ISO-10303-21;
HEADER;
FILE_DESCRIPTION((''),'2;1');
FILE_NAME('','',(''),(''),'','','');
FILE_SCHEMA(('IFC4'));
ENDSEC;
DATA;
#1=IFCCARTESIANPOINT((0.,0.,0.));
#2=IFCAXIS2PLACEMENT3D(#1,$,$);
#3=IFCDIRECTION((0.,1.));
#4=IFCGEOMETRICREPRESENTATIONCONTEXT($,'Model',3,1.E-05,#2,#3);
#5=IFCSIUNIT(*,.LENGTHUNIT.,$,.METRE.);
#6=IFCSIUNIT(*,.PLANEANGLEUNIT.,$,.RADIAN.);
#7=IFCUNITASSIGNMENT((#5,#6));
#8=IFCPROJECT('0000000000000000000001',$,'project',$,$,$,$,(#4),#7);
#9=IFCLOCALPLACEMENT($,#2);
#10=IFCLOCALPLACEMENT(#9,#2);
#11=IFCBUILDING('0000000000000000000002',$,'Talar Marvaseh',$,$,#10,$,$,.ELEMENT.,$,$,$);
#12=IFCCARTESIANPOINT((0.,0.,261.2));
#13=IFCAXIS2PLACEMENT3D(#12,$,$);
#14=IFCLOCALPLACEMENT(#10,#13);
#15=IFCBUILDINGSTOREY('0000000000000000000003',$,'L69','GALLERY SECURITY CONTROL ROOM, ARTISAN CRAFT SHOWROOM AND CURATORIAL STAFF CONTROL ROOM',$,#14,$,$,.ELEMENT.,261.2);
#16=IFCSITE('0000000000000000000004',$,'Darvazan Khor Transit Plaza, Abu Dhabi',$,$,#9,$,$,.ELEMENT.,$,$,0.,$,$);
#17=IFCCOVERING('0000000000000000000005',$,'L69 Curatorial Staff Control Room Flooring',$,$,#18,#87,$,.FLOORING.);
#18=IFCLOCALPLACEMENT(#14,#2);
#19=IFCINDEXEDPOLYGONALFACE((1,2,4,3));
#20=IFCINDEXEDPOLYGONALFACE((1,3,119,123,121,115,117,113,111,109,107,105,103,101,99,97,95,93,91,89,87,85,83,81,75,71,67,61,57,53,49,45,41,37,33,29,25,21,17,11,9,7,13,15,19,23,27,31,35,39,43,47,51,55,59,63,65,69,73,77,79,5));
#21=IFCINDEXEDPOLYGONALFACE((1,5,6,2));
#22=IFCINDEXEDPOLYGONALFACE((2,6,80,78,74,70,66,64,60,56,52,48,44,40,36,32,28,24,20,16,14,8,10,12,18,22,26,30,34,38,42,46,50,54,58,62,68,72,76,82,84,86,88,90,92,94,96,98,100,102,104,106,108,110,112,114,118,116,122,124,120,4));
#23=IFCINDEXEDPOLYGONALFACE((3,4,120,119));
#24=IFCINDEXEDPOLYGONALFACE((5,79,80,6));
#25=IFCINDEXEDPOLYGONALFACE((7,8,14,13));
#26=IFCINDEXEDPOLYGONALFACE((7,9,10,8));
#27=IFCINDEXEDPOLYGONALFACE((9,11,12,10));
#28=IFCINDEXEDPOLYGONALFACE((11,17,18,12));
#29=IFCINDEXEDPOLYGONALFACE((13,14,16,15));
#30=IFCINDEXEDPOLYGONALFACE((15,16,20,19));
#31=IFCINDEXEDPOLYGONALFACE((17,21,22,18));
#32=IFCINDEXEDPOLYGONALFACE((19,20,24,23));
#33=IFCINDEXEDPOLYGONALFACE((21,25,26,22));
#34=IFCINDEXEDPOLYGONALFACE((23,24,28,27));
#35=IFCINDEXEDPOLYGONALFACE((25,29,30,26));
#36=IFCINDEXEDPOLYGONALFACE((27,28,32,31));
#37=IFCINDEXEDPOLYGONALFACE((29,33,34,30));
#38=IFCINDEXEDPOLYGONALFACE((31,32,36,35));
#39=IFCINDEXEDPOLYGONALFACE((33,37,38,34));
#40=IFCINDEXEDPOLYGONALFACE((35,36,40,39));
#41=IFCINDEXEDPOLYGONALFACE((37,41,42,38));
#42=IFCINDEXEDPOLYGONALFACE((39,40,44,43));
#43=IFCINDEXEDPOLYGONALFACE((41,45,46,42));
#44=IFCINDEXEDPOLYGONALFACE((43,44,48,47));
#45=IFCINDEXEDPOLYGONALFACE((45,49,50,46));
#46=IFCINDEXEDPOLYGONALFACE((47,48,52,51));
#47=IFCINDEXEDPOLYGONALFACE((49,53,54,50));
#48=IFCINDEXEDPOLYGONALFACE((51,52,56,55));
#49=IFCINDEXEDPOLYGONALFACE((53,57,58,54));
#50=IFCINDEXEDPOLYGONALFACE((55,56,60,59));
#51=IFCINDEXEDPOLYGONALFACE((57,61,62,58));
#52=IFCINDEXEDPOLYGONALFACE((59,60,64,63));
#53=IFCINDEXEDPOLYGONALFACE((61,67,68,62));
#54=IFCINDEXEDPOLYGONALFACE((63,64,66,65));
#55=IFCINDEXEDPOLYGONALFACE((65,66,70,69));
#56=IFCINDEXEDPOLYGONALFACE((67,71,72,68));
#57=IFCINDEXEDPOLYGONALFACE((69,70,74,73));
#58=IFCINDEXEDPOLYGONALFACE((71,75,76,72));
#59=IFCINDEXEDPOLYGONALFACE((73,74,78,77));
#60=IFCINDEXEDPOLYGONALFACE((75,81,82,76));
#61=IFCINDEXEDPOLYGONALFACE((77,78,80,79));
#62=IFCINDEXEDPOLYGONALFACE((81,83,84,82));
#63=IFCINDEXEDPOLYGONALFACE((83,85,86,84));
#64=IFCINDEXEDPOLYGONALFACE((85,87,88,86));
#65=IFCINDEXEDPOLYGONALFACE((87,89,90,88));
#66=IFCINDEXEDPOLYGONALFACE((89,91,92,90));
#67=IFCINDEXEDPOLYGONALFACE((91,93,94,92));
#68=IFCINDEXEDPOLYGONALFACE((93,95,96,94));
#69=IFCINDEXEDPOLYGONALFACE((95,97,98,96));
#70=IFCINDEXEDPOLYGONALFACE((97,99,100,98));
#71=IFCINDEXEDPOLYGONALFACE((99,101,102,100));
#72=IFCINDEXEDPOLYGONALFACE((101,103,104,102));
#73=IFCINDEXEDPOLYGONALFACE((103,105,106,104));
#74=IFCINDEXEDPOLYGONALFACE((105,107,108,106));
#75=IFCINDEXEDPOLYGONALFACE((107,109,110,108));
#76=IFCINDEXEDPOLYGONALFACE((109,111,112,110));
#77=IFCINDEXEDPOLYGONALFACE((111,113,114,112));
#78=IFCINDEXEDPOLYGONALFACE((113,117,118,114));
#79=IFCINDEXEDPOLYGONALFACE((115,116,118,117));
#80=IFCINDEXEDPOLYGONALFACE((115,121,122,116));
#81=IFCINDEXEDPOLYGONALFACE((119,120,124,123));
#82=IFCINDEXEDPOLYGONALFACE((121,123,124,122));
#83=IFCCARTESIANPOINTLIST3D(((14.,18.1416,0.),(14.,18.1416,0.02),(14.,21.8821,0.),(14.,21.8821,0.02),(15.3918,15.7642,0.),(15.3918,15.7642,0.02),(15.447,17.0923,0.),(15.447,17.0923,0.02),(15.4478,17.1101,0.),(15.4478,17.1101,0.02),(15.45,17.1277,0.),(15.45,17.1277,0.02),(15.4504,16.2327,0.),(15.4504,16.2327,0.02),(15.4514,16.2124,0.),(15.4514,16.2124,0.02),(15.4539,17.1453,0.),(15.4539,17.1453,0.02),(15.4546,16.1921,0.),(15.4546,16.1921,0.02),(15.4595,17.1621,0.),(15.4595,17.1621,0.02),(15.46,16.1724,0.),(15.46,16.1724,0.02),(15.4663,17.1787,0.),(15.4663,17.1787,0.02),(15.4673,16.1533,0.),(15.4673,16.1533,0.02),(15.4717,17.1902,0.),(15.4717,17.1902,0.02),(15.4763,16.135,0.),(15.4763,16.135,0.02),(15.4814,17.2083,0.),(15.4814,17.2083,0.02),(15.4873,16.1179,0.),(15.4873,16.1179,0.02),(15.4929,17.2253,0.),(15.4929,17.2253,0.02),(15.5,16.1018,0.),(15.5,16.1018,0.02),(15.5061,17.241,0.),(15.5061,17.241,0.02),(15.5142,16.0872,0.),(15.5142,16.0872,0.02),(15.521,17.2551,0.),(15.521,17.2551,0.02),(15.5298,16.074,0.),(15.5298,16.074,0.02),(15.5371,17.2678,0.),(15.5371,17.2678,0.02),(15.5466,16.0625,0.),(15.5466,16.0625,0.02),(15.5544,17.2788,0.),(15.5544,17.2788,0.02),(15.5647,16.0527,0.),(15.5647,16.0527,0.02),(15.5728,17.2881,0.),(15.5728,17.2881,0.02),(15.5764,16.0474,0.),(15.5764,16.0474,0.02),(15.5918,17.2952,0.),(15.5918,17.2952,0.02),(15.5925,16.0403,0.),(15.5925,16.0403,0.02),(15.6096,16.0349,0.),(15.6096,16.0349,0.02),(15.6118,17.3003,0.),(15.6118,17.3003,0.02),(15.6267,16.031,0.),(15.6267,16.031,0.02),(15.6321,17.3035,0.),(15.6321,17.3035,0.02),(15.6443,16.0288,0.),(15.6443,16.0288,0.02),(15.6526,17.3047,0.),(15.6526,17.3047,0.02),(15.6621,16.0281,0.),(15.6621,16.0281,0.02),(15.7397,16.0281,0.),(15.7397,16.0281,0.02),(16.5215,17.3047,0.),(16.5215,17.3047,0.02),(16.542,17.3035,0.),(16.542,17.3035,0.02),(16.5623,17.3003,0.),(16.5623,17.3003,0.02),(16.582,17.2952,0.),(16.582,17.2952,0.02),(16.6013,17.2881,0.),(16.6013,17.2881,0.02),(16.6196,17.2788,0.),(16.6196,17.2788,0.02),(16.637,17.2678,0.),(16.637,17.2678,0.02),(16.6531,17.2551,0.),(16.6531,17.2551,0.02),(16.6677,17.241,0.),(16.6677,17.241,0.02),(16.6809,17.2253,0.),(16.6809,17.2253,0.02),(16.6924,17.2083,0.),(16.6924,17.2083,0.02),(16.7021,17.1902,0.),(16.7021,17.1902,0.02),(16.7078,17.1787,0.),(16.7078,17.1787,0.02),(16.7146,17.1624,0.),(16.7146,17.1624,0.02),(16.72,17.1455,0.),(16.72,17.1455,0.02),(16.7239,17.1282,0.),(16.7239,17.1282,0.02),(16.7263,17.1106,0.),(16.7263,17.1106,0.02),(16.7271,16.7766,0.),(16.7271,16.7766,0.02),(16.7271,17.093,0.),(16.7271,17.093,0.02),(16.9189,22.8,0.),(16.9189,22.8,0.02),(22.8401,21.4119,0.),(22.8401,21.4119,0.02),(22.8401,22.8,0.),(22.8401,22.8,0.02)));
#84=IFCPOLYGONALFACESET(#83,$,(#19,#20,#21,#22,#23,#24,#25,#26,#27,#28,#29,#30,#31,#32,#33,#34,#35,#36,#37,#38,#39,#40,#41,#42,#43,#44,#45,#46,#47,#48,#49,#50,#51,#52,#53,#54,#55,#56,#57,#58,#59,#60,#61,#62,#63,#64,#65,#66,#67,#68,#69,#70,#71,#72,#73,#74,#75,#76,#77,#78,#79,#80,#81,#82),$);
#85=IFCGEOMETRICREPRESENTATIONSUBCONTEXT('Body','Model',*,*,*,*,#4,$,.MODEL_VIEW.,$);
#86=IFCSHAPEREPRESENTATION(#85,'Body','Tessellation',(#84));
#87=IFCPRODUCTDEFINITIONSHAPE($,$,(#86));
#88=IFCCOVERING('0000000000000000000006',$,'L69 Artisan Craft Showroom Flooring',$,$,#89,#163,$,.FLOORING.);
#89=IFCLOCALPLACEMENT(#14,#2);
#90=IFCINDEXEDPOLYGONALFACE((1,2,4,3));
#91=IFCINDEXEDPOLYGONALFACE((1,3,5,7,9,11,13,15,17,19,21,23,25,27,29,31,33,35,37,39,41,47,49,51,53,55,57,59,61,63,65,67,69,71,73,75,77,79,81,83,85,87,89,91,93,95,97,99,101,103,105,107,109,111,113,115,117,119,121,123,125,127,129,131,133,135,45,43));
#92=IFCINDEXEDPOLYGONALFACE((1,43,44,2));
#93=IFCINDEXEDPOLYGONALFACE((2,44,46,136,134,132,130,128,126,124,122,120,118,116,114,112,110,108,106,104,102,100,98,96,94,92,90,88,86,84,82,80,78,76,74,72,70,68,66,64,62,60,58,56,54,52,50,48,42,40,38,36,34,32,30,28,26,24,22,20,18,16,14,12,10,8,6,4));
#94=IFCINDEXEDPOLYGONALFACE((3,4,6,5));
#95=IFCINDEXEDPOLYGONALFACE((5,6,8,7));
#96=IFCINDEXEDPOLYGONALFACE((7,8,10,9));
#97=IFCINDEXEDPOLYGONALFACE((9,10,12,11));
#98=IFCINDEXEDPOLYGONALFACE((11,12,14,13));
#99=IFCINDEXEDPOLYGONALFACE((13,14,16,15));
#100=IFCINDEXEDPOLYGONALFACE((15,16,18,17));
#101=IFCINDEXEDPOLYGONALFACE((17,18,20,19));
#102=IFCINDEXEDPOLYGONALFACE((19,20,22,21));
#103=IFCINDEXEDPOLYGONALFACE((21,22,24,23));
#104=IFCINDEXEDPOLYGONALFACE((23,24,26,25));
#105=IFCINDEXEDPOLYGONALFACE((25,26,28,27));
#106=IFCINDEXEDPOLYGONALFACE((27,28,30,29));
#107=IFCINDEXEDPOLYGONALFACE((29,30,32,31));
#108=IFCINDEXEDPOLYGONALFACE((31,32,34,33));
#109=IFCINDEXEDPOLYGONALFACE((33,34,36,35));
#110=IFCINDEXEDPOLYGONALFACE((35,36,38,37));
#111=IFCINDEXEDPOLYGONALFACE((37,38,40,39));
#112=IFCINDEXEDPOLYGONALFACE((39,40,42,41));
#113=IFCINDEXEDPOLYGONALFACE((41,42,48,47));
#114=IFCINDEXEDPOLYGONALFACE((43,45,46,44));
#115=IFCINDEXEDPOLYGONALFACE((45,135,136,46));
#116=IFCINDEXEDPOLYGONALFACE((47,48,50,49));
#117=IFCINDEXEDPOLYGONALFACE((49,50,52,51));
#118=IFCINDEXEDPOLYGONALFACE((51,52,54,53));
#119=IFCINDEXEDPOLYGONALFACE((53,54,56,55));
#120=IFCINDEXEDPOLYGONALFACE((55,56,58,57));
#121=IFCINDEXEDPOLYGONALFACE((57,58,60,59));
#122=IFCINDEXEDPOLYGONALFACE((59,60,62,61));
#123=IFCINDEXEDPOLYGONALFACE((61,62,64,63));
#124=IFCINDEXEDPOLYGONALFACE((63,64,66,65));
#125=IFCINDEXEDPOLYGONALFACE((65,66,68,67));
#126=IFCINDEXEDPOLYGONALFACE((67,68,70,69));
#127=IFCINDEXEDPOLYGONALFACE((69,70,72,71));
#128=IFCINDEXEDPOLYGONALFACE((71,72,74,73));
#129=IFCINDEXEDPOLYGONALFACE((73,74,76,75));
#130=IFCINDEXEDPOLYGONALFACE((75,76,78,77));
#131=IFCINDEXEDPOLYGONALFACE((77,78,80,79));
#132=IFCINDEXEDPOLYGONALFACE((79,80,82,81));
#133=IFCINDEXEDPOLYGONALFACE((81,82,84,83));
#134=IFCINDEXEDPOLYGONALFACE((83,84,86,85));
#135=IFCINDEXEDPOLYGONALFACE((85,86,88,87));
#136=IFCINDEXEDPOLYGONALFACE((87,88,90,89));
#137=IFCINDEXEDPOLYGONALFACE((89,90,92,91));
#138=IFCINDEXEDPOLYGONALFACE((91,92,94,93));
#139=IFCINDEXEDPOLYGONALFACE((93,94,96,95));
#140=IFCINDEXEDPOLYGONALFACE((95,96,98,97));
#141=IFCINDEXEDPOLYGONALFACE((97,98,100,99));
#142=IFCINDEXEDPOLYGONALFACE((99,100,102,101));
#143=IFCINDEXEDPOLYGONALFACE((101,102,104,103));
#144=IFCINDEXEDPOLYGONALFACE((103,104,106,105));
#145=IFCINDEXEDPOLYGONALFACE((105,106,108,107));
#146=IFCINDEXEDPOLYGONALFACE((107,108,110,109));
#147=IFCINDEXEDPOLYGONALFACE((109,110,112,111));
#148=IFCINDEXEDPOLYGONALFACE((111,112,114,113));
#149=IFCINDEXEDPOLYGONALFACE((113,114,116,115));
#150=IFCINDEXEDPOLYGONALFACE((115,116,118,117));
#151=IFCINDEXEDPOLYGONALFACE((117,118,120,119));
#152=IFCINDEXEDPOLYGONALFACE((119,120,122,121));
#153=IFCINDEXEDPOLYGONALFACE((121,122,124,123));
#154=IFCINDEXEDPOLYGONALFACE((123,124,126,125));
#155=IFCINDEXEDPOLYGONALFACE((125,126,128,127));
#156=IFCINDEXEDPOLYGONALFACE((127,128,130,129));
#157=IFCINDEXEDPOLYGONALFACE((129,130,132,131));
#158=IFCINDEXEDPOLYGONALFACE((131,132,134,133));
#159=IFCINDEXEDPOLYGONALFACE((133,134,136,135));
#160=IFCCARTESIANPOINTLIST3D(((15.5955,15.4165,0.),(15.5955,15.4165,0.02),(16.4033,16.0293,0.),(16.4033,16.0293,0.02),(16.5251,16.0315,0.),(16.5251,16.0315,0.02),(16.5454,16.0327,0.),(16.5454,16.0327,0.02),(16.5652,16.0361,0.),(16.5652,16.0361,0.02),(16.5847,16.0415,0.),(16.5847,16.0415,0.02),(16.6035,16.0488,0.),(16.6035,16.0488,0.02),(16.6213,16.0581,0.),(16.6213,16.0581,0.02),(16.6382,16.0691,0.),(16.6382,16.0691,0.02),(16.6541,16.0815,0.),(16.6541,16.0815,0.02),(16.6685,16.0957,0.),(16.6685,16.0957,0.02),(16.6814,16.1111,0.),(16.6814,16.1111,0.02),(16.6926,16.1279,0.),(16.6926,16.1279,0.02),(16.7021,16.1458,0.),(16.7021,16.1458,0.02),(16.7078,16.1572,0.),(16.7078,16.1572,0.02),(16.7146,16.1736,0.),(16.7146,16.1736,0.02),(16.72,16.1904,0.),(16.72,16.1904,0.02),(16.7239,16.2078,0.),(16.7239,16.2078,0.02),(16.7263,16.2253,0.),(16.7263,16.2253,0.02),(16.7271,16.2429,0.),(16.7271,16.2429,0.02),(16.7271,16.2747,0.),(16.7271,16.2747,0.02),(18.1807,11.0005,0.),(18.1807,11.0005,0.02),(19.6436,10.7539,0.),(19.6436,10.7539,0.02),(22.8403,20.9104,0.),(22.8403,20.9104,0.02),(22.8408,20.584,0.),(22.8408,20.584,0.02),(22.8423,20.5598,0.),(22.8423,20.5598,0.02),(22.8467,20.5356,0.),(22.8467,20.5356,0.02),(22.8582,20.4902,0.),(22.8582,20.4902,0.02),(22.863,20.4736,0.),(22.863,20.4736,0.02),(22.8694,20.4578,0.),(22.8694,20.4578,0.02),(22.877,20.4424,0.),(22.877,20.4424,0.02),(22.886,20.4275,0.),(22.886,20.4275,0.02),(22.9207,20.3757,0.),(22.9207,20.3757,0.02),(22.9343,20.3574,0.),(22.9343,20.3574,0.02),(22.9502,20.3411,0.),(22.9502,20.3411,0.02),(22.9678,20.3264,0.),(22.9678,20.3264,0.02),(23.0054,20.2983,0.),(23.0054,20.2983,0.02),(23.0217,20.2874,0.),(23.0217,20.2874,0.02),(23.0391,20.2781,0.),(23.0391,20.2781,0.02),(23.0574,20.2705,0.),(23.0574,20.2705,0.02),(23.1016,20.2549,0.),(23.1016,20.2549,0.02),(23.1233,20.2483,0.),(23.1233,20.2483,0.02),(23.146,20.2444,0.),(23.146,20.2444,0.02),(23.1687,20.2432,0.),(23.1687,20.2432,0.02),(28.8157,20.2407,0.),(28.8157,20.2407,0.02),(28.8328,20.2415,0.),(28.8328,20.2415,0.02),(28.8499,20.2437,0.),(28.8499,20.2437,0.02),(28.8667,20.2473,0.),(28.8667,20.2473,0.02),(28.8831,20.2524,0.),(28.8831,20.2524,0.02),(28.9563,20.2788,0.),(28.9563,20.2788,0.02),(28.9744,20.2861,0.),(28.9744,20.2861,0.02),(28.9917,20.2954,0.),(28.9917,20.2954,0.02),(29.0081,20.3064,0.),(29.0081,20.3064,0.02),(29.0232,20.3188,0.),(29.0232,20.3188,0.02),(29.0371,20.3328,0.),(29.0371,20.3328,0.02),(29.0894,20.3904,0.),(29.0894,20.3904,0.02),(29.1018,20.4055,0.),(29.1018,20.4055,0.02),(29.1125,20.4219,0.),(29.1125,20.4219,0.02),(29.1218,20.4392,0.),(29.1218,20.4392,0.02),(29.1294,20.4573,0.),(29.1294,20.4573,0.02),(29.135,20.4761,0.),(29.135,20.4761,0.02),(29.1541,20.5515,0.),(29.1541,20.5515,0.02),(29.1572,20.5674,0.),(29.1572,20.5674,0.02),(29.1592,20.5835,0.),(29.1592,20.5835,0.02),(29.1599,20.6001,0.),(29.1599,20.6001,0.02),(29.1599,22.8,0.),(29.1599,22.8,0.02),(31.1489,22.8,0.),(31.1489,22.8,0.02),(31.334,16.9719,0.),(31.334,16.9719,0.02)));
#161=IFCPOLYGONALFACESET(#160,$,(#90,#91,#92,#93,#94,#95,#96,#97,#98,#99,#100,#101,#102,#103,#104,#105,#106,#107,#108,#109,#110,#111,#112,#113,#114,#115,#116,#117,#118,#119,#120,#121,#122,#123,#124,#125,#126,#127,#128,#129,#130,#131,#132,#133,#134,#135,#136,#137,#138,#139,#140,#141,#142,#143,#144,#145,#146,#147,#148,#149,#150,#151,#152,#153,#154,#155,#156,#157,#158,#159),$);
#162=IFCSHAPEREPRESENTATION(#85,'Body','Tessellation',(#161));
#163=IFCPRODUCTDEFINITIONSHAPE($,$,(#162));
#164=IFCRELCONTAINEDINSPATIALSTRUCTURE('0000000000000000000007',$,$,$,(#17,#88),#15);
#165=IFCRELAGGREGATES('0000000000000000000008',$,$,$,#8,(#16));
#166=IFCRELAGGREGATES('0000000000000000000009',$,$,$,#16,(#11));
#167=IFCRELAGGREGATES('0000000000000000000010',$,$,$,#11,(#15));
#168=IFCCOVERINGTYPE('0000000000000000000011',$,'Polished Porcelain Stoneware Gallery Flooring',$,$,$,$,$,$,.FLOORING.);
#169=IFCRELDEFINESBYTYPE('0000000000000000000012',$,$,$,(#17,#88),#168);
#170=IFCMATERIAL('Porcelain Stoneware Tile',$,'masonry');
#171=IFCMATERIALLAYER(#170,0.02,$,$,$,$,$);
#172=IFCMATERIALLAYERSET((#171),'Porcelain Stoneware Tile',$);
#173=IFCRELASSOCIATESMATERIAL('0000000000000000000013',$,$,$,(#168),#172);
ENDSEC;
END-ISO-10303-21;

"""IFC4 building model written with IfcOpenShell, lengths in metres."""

from ifc_helpers import new_model, si_unit, direction, frame, origin, place, context, subcontext, project, spatial, polyline, outline, extrude, material, layer, layer_set, type_object, element, save


model = new_model("IFC4")

# Units and contexts
model_context = context("Model", 3, precision=1e-05, world=origin(), true_north=direction((0.0, 1.0)))
body_context = subcontext(model_context, "Body", "Model", "MODEL_VIEW")
ifc_project = project(units=[si_unit("LENGTHUNIT", "METRE"), si_unit("PLANEANGLEUNIT", "RADIAN")], contexts=[model_context])

# Site, building, storey
site_placement = place(None, origin())
site = spatial("IfcSite", under=ifc_project, at=site_placement, Name="Darvazan Khor Transit Plaza, Abu Dhabi", CompositionType="ELEMENT", RefElevation=0.0)
building_placement = place(site_placement, origin())
building = spatial("IfcBuilding", under=site, at=building_placement, Name="Talar Marvaseh", CompositionType="ELEMENT")
storey_placement = place(building_placement, frame((0.0, 0.0, 261.2)))
storey = spatial("IfcBuildingStorey", under=building, at=storey_placement, Name="L69", Description="GALLERY SECURITY CONTROL ROOM, ARTISAN CRAFT SHOWROOM AND CURATORIAL STAFF CONTROL ROOM", CompositionType="ELEMENT", Elevation=261.2)

# Coverings
ifc_material_1 = material(Name="Porcelain Stoneware Tile", Category="masonry")
ifc_layer_1 = layer(ifc_material_1, 0.02)
ifc_layer_set_1 = layer_set([ifc_layer_1], Name="Porcelain Stoneware Tile")
covering_type_1 = type_object("IfcCoveringType", Name="Polished Porcelain Stoneware Gallery Flooring", PredefinedType="FLOORING", material=ifc_layer_set_1)
covering_1_placement = place(storey_placement, origin())
element("IfcCovering", 1, at=covering_1_placement, inside=storey, type_object=covering_type_1, Name="L69 Curatorial Staff Control Room Flooring", PredefinedType="FLOORING", context=body_context, shape_type="SweptSolid", body=[
    extrude(outline(polyline([(22.8401, 21.4119), (16.7271, 16.7766), (16.7271, 17.093), (16.7263, 17.1106), (16.7239, 17.1282), (16.72, 17.1455), (16.7146, 17.1624), (16.7078, 17.1787), (16.7021, 17.1902), (16.6924, 17.2083), (16.6809, 17.2253), (16.6677, 17.241), (16.6531, 17.2551), (16.637, 17.2678), (16.6196, 17.2788), (16.6013, 17.2881), (16.582, 17.2952), (16.5623, 17.3003), (16.542, 17.3035), (16.5215, 17.3047), (15.6526, 17.3047), (15.6321, 17.3035), (15.6118, 17.3003), (15.5918, 17.2952), (15.5728, 17.2881), (15.5544, 17.2788), (15.5371, 17.2678), (15.521, 17.2551), (15.5061, 17.241), (15.4929, 17.2253), (15.4814, 17.2083), (15.4717, 17.1902), (15.4663, 17.1787), (15.4595, 17.1621), (15.4539, 17.1453), (15.45, 17.1277), (15.4478, 17.1101), (15.447, 17.0923), (15.4504, 16.2327), (15.4514, 16.2124), (15.4546, 16.1921), (15.46, 16.1724), (15.4673, 16.1533), (15.4763, 16.135), (15.4873, 16.1179), (15.5, 16.1018), (15.5142, 16.0872), (15.5298, 16.074), (15.5466, 16.0625), (15.5647, 16.0527), (15.5764, 16.0474), (15.5925, 16.0403), (15.6096, 16.0349), (15.6267, 16.031), (15.6443, 16.0288), (15.6621, 16.0281), (15.7397, 16.0281), (15.3918, 15.7642), (14.0, 18.1416), (14.0, 21.8821), (16.9189, 22.8), (22.8401, 22.8), (22.8401, 21.4119)])), origin(), (0.0, 0.0, 1.0), 0.02),
])
covering_2_placement = place(storey_placement, origin())
element("IfcCovering", 2, at=covering_2_placement, inside=storey, type_object=covering_type_1, Name="L69 Artisan Craft Showroom Flooring", PredefinedType="FLOORING", context=body_context, shape_type="SweptSolid", body=[
    extrude(outline(polyline([(16.5251, 16.0315), (16.5454, 16.0327), (16.5652, 16.0361), (16.5847, 16.0415), (16.6035, 16.0488), (16.6213, 16.0581), (16.6382, 16.0691), (16.6541, 16.0815), (16.6685, 16.0957), (16.6814, 16.1111), (16.6926, 16.1279), (16.7021, 16.1458), (16.7078, 16.1572), (16.7146, 16.1736), (16.72, 16.1904), (16.7239, 16.2078), (16.7263, 16.2253), (16.7271, 16.2429), (16.7271, 16.2747), (22.8403, 20.9104), (22.8408, 20.584), (22.8423, 20.5598), (22.8467, 20.5356), (22.8582, 20.4902), (22.863, 20.4736), (22.8694, 20.4578), (22.877, 20.4424), (22.886, 20.4275), (22.9207, 20.3757), (22.9343, 20.3574), (22.9502, 20.3411), (22.9678, 20.3264), (23.0054, 20.2983), (23.0217, 20.2874), (23.0391, 20.2781), (23.0574, 20.2705), (23.1016, 20.2549), (23.1233, 20.2483), (23.146, 20.2444), (23.1687, 20.2432), (28.8157, 20.2407), (28.8328, 20.2415), (28.8499, 20.2437), (28.8667, 20.2473), (28.8831, 20.2524), (28.9563, 20.2788), (28.9744, 20.2861), (28.9917, 20.2954), (29.0081, 20.3064), (29.0232, 20.3188), (29.0371, 20.3328), (29.0894, 20.3904), (29.1018, 20.4055), (29.1125, 20.4219), (29.1218, 20.4392), (29.1294, 20.4573), (29.135, 20.4761), (29.1541, 20.5515), (29.1572, 20.5674), (29.1592, 20.5835), (29.1599, 20.6001), (29.1599, 22.8), (31.1489, 22.8), (31.334, 16.9719), (19.6436, 10.7539), (18.1807, 11.0005), (15.5955, 15.4165), (16.4033, 16.0293), (16.5251, 16.0315)])), origin(), (0.0, 0.0, 1.0), 0.02),
])

save(model, "model.ifc")
